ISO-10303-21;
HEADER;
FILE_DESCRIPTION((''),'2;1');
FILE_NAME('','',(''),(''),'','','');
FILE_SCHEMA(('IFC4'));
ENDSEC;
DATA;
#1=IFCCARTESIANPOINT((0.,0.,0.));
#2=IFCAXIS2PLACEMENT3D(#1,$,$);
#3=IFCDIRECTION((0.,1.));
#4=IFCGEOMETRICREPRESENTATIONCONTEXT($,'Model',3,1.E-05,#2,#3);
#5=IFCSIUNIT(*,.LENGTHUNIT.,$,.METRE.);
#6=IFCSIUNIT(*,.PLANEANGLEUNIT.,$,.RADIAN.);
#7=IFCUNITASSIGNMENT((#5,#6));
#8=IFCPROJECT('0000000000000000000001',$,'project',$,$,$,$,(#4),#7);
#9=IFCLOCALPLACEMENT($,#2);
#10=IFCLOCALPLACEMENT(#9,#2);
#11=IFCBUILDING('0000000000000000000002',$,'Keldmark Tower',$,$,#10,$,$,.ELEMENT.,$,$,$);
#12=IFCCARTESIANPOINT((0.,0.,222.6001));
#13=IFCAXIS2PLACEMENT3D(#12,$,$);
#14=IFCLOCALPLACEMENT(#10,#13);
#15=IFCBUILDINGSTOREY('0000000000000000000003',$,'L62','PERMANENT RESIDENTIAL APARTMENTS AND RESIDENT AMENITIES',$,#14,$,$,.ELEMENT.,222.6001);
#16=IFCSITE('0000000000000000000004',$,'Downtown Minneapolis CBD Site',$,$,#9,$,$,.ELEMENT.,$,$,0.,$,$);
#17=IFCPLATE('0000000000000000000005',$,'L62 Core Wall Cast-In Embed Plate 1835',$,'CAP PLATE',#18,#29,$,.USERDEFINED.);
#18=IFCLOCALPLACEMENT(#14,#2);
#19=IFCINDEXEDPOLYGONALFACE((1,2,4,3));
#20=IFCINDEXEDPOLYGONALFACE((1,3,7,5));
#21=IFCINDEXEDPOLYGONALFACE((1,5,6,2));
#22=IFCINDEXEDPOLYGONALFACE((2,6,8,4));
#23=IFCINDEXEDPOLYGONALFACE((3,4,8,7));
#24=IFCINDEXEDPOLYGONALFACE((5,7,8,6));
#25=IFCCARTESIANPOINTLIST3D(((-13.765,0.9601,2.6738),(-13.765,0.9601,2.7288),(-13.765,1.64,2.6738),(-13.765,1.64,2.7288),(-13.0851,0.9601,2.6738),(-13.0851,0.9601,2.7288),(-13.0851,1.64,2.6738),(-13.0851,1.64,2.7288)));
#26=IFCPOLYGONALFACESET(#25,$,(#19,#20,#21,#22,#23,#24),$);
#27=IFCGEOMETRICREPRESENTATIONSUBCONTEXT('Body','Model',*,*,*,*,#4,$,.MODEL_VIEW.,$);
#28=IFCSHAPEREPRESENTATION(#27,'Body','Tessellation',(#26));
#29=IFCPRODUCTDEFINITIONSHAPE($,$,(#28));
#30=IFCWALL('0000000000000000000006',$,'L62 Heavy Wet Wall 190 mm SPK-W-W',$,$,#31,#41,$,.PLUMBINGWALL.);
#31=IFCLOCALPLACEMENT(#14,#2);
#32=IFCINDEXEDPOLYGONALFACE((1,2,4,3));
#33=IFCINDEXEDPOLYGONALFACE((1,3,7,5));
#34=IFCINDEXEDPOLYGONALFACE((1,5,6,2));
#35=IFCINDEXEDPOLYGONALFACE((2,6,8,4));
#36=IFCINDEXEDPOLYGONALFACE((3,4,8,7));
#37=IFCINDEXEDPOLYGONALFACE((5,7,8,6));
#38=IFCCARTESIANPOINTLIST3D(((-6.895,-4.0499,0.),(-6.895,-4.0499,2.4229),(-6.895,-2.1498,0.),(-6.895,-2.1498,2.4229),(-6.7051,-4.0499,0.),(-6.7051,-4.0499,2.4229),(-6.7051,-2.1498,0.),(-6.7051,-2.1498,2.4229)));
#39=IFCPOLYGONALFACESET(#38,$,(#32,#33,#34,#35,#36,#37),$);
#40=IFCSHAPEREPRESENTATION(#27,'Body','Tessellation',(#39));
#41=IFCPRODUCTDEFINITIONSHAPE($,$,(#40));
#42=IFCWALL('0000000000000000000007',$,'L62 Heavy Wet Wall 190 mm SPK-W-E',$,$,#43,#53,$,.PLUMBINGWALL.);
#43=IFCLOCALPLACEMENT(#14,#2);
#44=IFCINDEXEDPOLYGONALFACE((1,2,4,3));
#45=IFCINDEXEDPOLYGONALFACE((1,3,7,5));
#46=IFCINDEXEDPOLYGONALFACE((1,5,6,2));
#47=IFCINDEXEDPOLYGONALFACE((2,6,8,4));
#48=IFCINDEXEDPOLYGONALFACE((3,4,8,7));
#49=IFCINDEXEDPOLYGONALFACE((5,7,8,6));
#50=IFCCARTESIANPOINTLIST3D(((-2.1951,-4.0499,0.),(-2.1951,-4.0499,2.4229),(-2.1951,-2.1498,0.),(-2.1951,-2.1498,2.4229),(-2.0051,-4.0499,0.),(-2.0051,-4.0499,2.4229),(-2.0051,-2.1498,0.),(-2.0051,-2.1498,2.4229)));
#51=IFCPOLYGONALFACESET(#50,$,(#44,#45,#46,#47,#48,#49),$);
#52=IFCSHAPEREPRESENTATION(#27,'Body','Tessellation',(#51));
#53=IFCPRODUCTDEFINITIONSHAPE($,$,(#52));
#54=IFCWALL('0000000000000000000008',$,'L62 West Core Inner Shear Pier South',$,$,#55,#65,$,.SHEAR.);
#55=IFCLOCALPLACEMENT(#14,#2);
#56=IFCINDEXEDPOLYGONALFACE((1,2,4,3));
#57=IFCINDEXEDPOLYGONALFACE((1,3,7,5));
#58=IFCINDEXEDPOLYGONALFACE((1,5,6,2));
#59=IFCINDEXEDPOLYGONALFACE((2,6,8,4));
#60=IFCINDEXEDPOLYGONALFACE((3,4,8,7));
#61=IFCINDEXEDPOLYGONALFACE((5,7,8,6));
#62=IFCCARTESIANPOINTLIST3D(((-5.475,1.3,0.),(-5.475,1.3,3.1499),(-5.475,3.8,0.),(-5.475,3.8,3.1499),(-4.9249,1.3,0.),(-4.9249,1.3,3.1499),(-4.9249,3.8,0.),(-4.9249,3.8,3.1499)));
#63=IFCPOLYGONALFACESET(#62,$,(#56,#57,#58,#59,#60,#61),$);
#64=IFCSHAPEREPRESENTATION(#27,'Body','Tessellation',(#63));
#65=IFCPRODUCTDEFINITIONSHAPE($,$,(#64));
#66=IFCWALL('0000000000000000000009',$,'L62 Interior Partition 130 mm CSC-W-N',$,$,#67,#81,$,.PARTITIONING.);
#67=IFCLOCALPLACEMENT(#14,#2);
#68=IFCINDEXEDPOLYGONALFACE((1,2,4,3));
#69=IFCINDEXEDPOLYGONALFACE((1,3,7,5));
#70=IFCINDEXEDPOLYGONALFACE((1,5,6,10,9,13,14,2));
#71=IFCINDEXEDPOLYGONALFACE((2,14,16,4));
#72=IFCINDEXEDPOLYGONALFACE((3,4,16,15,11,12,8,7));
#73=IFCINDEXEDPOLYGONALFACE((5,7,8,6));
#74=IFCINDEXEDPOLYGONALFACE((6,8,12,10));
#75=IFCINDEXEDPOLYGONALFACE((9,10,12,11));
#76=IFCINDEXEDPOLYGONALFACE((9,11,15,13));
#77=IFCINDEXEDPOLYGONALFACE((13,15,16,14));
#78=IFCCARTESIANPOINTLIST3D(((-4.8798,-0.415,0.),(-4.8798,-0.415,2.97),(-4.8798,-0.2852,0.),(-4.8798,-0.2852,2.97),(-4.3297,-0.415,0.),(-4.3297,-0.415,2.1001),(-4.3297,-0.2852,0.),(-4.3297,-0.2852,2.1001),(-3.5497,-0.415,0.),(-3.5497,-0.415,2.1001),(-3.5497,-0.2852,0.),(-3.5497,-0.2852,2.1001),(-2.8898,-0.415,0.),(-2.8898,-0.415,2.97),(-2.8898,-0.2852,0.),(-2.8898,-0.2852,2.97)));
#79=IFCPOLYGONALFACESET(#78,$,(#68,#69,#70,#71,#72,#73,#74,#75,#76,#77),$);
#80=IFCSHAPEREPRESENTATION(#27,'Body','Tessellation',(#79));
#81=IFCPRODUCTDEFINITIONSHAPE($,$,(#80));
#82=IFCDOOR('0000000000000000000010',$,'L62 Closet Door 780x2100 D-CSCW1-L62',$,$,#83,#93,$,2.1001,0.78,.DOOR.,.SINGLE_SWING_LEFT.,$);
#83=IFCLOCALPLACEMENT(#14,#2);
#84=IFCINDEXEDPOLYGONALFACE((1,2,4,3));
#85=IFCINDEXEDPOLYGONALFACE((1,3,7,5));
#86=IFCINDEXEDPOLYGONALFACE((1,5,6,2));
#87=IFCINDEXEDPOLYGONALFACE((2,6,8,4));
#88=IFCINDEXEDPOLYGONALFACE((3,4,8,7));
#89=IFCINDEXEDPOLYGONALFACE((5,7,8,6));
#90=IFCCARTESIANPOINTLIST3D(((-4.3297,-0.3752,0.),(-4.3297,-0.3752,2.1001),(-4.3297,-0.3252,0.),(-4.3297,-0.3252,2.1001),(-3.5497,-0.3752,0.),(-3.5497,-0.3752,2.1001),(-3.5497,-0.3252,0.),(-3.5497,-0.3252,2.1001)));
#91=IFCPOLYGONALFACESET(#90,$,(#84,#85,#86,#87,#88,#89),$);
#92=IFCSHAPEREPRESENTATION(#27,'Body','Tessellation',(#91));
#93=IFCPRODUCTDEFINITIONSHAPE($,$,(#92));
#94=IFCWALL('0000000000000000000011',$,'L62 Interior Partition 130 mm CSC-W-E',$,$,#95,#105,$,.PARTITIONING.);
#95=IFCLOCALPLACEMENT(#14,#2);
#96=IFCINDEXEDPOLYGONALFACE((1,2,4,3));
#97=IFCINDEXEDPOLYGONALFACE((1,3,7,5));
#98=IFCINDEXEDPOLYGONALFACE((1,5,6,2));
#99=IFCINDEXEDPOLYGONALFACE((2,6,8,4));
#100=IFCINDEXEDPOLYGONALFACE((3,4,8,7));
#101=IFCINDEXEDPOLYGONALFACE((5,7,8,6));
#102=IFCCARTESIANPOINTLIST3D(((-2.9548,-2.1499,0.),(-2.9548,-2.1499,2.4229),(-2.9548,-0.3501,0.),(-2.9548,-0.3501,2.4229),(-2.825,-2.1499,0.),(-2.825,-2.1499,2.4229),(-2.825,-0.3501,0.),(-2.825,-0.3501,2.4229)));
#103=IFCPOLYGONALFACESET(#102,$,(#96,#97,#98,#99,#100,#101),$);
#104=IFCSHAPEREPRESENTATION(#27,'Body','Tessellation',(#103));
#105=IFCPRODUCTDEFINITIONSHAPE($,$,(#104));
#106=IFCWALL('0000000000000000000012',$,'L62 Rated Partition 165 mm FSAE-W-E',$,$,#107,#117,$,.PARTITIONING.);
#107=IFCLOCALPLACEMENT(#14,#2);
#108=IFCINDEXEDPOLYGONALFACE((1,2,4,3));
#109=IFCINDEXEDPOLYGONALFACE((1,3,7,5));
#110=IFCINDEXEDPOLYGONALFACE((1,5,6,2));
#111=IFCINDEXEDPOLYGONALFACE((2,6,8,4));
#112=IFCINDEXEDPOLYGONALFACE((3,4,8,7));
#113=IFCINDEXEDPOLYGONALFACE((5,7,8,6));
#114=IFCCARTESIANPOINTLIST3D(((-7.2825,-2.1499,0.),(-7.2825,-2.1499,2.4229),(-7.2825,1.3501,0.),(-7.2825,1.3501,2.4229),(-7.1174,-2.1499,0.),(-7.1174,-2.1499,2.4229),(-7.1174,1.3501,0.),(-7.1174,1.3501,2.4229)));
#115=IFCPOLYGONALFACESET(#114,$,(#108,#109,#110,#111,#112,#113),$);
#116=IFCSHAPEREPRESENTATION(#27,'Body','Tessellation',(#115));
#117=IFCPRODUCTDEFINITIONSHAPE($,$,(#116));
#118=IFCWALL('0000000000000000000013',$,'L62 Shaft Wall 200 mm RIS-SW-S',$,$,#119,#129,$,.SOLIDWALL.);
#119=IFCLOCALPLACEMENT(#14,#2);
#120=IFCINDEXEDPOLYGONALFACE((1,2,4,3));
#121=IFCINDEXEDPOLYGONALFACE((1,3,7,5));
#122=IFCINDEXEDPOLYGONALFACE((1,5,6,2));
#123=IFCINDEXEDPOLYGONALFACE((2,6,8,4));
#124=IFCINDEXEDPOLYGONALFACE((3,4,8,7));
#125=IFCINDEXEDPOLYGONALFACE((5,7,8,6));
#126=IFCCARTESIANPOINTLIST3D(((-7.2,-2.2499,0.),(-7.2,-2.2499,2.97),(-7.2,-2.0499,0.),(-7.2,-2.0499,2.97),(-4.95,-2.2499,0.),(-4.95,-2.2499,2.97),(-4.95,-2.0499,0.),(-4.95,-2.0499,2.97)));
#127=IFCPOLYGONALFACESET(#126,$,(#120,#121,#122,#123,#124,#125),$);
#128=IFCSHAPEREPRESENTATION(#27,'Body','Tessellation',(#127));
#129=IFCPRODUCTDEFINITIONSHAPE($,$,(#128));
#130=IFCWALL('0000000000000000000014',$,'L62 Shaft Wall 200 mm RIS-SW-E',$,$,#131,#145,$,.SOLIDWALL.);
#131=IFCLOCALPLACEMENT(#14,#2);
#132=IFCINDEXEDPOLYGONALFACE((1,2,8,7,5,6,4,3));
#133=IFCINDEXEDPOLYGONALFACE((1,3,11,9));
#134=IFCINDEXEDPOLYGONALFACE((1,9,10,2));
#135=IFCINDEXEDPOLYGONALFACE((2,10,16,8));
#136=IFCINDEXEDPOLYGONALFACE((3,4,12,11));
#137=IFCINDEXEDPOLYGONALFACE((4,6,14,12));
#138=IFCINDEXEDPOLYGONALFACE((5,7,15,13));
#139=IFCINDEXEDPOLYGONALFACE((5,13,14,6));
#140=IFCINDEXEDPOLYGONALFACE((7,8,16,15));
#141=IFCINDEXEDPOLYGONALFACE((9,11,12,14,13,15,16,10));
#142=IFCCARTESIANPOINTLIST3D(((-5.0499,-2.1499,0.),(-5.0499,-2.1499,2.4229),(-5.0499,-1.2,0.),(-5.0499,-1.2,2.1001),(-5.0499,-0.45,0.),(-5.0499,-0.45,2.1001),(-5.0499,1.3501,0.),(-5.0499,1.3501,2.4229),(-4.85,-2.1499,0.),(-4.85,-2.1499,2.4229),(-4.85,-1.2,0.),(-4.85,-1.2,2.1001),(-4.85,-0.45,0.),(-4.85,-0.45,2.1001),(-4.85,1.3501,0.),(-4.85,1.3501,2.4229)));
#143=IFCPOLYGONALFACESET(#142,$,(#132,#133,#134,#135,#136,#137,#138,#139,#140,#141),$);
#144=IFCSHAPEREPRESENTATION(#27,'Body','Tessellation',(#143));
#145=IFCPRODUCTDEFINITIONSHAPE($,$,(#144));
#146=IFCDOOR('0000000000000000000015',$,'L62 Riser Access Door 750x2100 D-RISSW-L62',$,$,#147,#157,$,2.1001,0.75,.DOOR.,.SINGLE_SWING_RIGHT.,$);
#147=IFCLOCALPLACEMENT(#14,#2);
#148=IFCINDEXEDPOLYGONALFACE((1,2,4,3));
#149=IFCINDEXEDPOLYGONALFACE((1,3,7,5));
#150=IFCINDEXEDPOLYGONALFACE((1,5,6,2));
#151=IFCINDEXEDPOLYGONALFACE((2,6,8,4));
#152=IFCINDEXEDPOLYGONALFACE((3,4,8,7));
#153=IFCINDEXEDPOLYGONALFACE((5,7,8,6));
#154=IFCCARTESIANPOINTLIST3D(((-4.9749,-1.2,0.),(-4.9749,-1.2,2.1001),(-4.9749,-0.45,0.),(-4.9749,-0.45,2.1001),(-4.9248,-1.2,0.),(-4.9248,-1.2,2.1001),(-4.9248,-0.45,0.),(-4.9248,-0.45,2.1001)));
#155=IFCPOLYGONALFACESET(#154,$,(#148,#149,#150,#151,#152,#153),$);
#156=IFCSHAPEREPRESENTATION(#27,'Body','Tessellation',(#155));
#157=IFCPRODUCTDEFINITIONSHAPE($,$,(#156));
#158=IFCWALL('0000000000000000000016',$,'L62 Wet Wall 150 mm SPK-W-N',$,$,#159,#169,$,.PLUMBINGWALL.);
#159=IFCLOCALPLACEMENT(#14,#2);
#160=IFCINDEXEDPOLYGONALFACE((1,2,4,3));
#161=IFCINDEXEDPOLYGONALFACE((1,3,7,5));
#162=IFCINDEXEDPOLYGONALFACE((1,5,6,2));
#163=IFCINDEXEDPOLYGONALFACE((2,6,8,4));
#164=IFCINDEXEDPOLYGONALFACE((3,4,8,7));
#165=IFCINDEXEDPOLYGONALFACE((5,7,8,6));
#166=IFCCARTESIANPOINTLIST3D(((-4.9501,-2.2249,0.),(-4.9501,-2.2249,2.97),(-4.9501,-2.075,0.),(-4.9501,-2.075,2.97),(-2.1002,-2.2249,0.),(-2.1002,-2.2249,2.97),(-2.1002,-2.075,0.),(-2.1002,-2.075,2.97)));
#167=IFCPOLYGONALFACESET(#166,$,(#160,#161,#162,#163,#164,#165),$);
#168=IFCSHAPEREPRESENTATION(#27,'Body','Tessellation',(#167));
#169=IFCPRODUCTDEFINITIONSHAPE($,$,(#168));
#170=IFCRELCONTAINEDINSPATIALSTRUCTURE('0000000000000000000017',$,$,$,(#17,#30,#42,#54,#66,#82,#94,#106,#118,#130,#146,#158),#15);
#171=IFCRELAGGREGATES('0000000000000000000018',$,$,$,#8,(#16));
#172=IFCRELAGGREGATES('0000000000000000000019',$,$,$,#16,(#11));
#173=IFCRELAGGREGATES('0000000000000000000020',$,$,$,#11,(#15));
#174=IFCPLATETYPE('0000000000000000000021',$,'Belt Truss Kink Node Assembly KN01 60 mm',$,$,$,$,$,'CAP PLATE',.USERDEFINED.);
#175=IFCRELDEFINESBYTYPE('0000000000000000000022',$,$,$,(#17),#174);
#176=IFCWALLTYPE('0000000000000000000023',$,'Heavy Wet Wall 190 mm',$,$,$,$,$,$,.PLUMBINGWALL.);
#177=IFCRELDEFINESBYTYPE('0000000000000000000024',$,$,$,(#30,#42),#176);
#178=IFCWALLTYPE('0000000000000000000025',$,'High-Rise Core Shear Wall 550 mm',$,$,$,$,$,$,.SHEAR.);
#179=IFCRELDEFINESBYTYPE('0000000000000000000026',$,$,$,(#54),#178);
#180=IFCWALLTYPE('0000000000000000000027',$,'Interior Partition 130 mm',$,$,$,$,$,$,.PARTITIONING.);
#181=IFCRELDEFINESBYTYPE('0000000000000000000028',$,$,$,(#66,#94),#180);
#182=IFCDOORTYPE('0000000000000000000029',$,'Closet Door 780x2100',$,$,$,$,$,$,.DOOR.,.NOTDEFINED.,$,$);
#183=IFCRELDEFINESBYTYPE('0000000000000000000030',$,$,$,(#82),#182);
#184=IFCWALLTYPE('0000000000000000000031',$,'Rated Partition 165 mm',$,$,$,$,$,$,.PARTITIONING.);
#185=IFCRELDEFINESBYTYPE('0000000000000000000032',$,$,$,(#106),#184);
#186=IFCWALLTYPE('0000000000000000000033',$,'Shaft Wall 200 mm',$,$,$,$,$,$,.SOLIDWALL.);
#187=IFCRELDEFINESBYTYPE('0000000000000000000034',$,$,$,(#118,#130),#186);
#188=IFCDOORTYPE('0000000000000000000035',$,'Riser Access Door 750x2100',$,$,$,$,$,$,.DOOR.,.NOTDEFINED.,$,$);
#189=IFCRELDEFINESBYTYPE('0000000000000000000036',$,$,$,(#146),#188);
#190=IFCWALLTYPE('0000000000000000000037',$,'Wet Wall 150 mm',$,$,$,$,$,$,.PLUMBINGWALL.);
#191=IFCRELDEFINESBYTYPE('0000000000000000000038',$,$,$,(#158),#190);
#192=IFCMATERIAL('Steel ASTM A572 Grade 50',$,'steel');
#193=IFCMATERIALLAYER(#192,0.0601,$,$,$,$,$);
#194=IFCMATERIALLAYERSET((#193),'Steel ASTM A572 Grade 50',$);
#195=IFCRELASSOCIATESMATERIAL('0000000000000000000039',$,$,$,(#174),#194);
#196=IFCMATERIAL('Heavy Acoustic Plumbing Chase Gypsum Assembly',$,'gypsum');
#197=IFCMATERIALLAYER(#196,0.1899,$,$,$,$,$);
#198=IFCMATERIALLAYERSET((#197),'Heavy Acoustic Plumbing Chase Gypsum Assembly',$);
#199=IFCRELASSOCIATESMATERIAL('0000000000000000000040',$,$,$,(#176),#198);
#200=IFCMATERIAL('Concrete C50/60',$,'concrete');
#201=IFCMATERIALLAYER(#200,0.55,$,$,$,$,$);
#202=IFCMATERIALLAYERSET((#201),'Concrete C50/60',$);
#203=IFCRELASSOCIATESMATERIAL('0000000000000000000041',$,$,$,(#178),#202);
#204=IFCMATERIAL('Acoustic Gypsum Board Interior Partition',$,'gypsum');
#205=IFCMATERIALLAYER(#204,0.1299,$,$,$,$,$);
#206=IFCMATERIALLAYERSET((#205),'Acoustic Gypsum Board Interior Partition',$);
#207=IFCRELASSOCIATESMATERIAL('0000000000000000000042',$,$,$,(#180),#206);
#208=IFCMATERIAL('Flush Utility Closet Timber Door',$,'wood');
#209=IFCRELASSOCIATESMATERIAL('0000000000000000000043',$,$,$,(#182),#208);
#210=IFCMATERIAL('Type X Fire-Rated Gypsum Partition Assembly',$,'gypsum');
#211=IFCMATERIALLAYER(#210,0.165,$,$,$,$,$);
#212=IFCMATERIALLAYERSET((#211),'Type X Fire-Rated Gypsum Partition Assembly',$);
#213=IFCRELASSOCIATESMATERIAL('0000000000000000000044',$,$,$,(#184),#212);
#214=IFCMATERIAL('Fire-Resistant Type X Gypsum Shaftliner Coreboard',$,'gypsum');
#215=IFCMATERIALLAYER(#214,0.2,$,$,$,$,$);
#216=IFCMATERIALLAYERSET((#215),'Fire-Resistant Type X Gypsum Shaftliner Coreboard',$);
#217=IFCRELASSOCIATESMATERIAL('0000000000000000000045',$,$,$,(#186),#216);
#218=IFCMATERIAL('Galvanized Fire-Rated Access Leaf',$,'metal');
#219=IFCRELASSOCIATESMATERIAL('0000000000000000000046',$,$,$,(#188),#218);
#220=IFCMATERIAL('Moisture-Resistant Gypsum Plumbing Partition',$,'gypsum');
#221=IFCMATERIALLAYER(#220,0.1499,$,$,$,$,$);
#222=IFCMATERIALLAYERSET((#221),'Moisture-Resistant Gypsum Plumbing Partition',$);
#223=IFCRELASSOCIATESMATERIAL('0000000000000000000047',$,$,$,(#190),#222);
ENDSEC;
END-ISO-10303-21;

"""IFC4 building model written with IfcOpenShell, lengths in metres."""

from ifc_helpers import new_model, si_unit, direction, frame, frame_2d, origin, origin_2d, place, context, subcontext, project, spatial, rectangle, extrude, material, layer, layer_set, type_object, element, fill, save


model = new_model("IFC4")

# Units and contexts
model_context = context("Model", 3, precision=1e-05, world=origin(), true_north=direction((0.0, 1.0)))
body_context = subcontext(model_context, "Body", "Model", "MODEL_VIEW")
ifc_project = project(units=[si_unit("LENGTHUNIT", "METRE"), si_unit("PLANEANGLEUNIT", "RADIAN")], contexts=[model_context])

# Site, building, storey
site_placement = place(None, origin())
site = spatial("IfcSite", under=ifc_project, at=site_placement, Name="Downtown Minneapolis CBD Site", CompositionType="ELEMENT", RefElevation=0.0)
building_placement = place(site_placement, origin())
building = spatial("IfcBuilding", under=site, at=building_placement, Name="Keldmark Tower", CompositionType="ELEMENT")
storey_placement = place(building_placement, frame((0.0, 0.0, 222.6001)))
storey = spatial("IfcBuildingStorey", under=building, at=storey_placement, Name="L62", Description="PERMANENT RESIDENTIAL APARTMENTS AND RESIDENT AMENITIES", CompositionType="ELEMENT", Elevation=222.6001)

# Plate
ifc_material_1 = material(Name="Steel ASTM A572 Grade 50", Category="steel")
ifc_layer_1 = layer(ifc_material_1, 0.0601)
ifc_layer_set_1 = layer_set([ifc_layer_1], Name="Steel ASTM A572 Grade 50")
plate_type = type_object("IfcPlateType", Name="Belt Truss Kink Node Assembly KN01 60 mm", ElementType="CAP PLATE", PredefinedType="USERDEFINED", material=ifc_layer_set_1)
for number, where, z_axis, x_axis, name in (
    (1, (-13.425, 1.3, 2.6738), (0.0, 0.0, 1.0), (1.0, 0.0, 0.0), "L62 Core Wall Cast-In Embed Plate 1835"),
):
    element("IfcPlate", number, at=place(storey_placement, frame(where, z_axis=z_axis, x_axis=x_axis)), inside=storey, type_object=plate_type, Name=name, ObjectType="CAP PLATE", PredefinedType="USERDEFINED", context=body_context, shape_type="SweptSolid", body=[
        extrude(rectangle(XDim=0.6799, YDim=0.6799, at=origin_2d()), origin(), (0.0, 0.0, 1.0), 0.0549),
    ])

# Shared definitions
ifc_material_2 = material(Name="Heavy Acoustic Plumbing Chase Gypsum Assembly", Category="gypsum")
ifc_layer_2 = layer(ifc_material_2, 0.1899)
ifc_layer_set_2 = layer_set([ifc_layer_2], Name="Heavy Acoustic Plumbing Chase Gypsum Assembly")
wall_type_1 = type_object("IfcWallType", Name="Heavy Wet Wall 190 mm", PredefinedType="PLUMBINGWALL", material=ifc_layer_set_2)

# Walls
for number, where, z_axis, x_axis, name in (
    (2, (-6.8, -4.05, 0.0), (0.0, 0.0, 1.0), (0.0, 1.0, 0.0), "L62 Heavy Wet Wall 190 mm SPK-W-W"),
    (3, (-2.1001, -4.05, 0.0), (0.0, 0.0, 1.0), (0.0, 1.0, 0.0), "L62 Heavy Wet Wall 190 mm SPK-W-E"),
):
    element("IfcWall", number, at=place(storey_placement, frame(where, z_axis=z_axis, x_axis=x_axis)), inside=storey, type_object=wall_type_1, Name=name, PredefinedType="PLUMBINGWALL", context=body_context, shape_type="SweptSolid", body=[
        extrude(rectangle(XDim=1.9001, YDim=0.1899, at=frame_2d((0.9502, 0.0))), origin(), (0.0, 0.0, 1.0), 2.4229),
    ])
ifc_material_3 = material(Name="Concrete C50/60", Category="concrete")
ifc_layer_3 = layer(ifc_material_3, 0.55)
ifc_layer_set_3 = layer_set([ifc_layer_3], Name="Concrete C50/60")
wall_type_2 = type_object("IfcWallType", Name="High-Rise Core Shear Wall 550 mm", PredefinedType="SHEAR", material=ifc_layer_set_3)
wall_1_placement = place(storey_placement, frame((-5.2, 1.3, 0.0), z_axis=(0.0, 0.0, 1.0), x_axis=(0.0, 1.0, 0.0)))
element("IfcWall", 4, at=wall_1_placement, inside=storey, type_object=wall_type_2, Name="L62 West Core Inner Shear Pier South", PredefinedType="SHEAR", context=body_context, shape_type="SweptSolid", body=[
    extrude(rectangle(XDim=2.5, YDim=0.55, at=frame_2d((1.25, 0.0))), origin(), (0.0, 0.0, 1.0), 3.1499),
])

# Wall, opening, door
ifc_material_4 = material(Name="Acoustic Gypsum Board Interior Partition", Category="gypsum")
ifc_layer_4 = layer(ifc_material_4, 0.1299)
ifc_layer_set_4 = layer_set([ifc_layer_4], Name="Acoustic Gypsum Board Interior Partition")
wall_type_3 = type_object("IfcWallType", Name="Interior Partition 130 mm", PredefinedType="PARTITIONING", material=ifc_layer_set_4)
wall_2_placement = place(storey_placement, frame((-4.8799, -0.3501, 0.0), z_axis=(0.0, 0.0, 1.0), x_axis=(1.0, 0.0, 0.0)))
wall_2 = element("IfcWall", 5, at=wall_2_placement, inside=storey, type_object=wall_type_3, Name="L62 Interior Partition 130 mm CSC-W-N", PredefinedType="PARTITIONING", context=body_context, shape_type="SweptSolid", body=[
    extrude(rectangle(XDim=1.99, YDim=0.1299, at=frame_2d((0.9951, 0.0))), origin(), (0.0, 0.0, 1.0), 2.97),
])
opening_1_placement = place(wall_2_placement, frame((0.55, 0.0, 0.0)))
opening_1 = element("IfcOpeningElement", 6, at=opening_1_placement, cuts=wall_2, PredefinedType="OPENING", context=body_context, shape_type="SweptSolid", body=[
    extrude(rectangle(XDim=0.78, YDim=2.1001, at=frame_2d((0.3901, 1.05))), frame((0.0, 0.075, 0.0), z_axis=(0.0, -1.0, 0.0), x_axis=(1.0, 0.0, 0.0)), (0.0, 0.0, 1.0), 0.1499),
])
ifc_material_5 = material(Name="Flush Utility Closet Timber Door", Category="wood")
door_type_1 = type_object("IfcDoorType", Name="Closet Door 780x2100", OperationType="NOTDEFINED", PredefinedType="DOOR", material=ifc_material_5)
door_1_placement = place(opening_1_placement, origin())
door_1 = element("IfcDoor", 7, at=door_1_placement, inside=storey, type_object=door_type_1, Name="L62 Closet Door 780x2100 D-CSCW1-L62", OperationType="SINGLE_SWING_LEFT", OverallHeight=2.1001, OverallWidth=0.78, PredefinedType="DOOR", context=body_context, shape_type="SweptSolid", body=[
    extrude(rectangle(XDim=0.78, YDim=2.1001, at=frame_2d((0.3901, 1.05))), frame((0.0, 0.0249, 0.0), z_axis=(0.0, -1.0, 0.0), x_axis=(1.0, 0.0, 0.0)), (0.0, 0.0, 1.0), 0.05),
])
fill(opening_1, door_1)

# Walls
wall_3_placement = place(storey_placement, frame((-2.8899, -2.1499, 0.0), z_axis=(0.0, 0.0, 1.0), x_axis=(0.0, 1.0, 0.0)))
element("IfcWall", 8, at=wall_3_placement, inside=storey, type_object=wall_type_3, Name="L62 Interior Partition 130 mm CSC-W-E", PredefinedType="PARTITIONING", context=body_context, shape_type="SweptSolid", body=[
    extrude(rectangle(XDim=1.7998, YDim=0.1299, at=frame_2d((0.8999, 0.0))), origin(), (0.0, 0.0, 1.0), 2.4229),
])
ifc_material_6 = material(Name="Type X Fire-Rated Gypsum Partition Assembly", Category="gypsum")
ifc_layer_5 = layer(ifc_material_6, 0.165)
ifc_layer_set_5 = layer_set([ifc_layer_5], Name="Type X Fire-Rated Gypsum Partition Assembly")
wall_type_4 = type_object("IfcWallType", Name="Rated Partition 165 mm", PredefinedType="PARTITIONING", material=ifc_layer_set_5)
wall_4_placement = place(storey_placement, frame((-7.2, -2.1499, 0.0), z_axis=(0.0, 0.0, 1.0), x_axis=(0.0, 1.0, 0.0)))
element("IfcWall", 9, at=wall_4_placement, inside=storey, type_object=wall_type_4, Name="L62 Rated Partition 165 mm FSAE-W-E", PredefinedType="PARTITIONING", context=body_context, shape_type="SweptSolid", body=[
    extrude(rectangle(XDim=3.5, YDim=0.165, at=frame_2d((1.75, 0.0))), origin(), (0.0, 0.0, 1.0), 2.4229),
])
ifc_material_7 = material(Name="Fire-Resistant Type X Gypsum Shaftliner Coreboard", Category="gypsum")
ifc_layer_6 = layer(ifc_material_7, 0.2)
ifc_layer_set_6 = layer_set([ifc_layer_6], Name="Fire-Resistant Type X Gypsum Shaftliner Coreboard")
wall_type_5 = type_object("IfcWallType", Name="Shaft Wall 200 mm", PredefinedType="SOLIDWALL", material=ifc_layer_set_6)
wall_5_placement = place(storey_placement, frame((-7.2, -2.1499, 0.0), z_axis=(0.0, 0.0, 1.0), x_axis=(1.0, 0.0, 0.0)))
element("IfcWall", 10, at=wall_5_placement, inside=storey, type_object=wall_type_5, Name="L62 Shaft Wall 200 mm RIS-SW-S", PredefinedType="SOLIDWALL", context=body_context, shape_type="SweptSolid", body=[
    extrude(rectangle(XDim=2.25, YDim=0.2, at=frame_2d((1.125, 0.0))), origin(), (0.0, 0.0, 1.0), 2.97),
])

# Wall, opening, door
wall_6_placement = place(storey_placement, frame((-4.95, -2.1499, 0.0), z_axis=(0.0, 0.0, 1.0), x_axis=(0.0, 1.0, 0.0)))
wall_6 = element("IfcWall", 11, at=wall_6_placement, inside=storey, type_object=wall_type_5, Name="L62 Shaft Wall 200 mm RIS-SW-E", PredefinedType="SOLIDWALL", context=body_context, shape_type="SweptSolid", body=[
    extrude(rectangle(XDim=3.5, YDim=0.2, at=frame_2d((1.75, 0.0))), origin(), (0.0, 0.0, 1.0), 2.4229),
])
opening_2_placement = place(wall_6_placement, frame((0.95, 0.0, 0.0)))
opening_2 = element("IfcOpeningElement", 12, at=opening_2_placement, cuts=wall_6, PredefinedType="OPENING", context=body_context, shape_type="SweptSolid", body=[
    extrude(rectangle(XDim=0.75, YDim=2.1001, at=frame_2d((0.375, 1.05))), frame((0.0, 0.1099, 0.0), z_axis=(0.0, -1.0, 0.0), x_axis=(1.0, 0.0, 0.0)), (0.0, 0.0, 1.0), 0.22),
])
ifc_material_8 = material(Name="Galvanized Fire-Rated Access Leaf", Category="metal")
door_type_2 = type_object("IfcDoorType", Name="Riser Access Door 750x2100", OperationType="NOTDEFINED", PredefinedType="DOOR", material=ifc_material_8)
door_2_placement = place(opening_2_placement, origin())
door_2 = element("IfcDoor", 13, at=door_2_placement, inside=storey, type_object=door_type_2, Name="L62 Riser Access Door 750x2100 D-RISSW-L62", OperationType="SINGLE_SWING_RIGHT", OverallHeight=2.1001, OverallWidth=0.75, PredefinedType="DOOR", context=body_context, shape_type="SweptSolid", body=[
    extrude(rectangle(XDim=0.75, YDim=2.1001, at=frame_2d((0.375, 1.05))), frame((0.0, 0.0249, 0.0), z_axis=(0.0, -1.0, 0.0), x_axis=(1.0, 0.0, 0.0)), (0.0, 0.0, 1.0), 0.05),
])
fill(opening_2, door_2)

# Wall
ifc_material_9 = material(Name="Moisture-Resistant Gypsum Plumbing Partition", Category="gypsum")
ifc_layer_7 = layer(ifc_material_9, 0.1499)
ifc_layer_set_7 = layer_set([ifc_layer_7], Name="Moisture-Resistant Gypsum Plumbing Partition")
wall_type_6 = type_object("IfcWallType", Name="Wet Wall 150 mm", PredefinedType="PLUMBINGWALL", material=ifc_layer_set_7)
wall_7_placement = place(storey_placement, frame((-4.95, -2.1499, 0.0), z_axis=(0.0, 0.0, 1.0), x_axis=(1.0, 0.0, 0.0)))
element("IfcWall", 14, at=wall_7_placement, inside=storey, type_object=wall_type_6, Name="L62 Wet Wall 150 mm SPK-W-N", PredefinedType="PLUMBINGWALL", context=body_context, shape_type="SweptSolid", body=[
    extrude(rectangle(XDim=2.8499, YDim=0.1499, at=frame_2d((1.4248, 0.0))), origin(), (0.0, 0.0, 1.0), 2.97),
])

save(model, "model.ifc")
